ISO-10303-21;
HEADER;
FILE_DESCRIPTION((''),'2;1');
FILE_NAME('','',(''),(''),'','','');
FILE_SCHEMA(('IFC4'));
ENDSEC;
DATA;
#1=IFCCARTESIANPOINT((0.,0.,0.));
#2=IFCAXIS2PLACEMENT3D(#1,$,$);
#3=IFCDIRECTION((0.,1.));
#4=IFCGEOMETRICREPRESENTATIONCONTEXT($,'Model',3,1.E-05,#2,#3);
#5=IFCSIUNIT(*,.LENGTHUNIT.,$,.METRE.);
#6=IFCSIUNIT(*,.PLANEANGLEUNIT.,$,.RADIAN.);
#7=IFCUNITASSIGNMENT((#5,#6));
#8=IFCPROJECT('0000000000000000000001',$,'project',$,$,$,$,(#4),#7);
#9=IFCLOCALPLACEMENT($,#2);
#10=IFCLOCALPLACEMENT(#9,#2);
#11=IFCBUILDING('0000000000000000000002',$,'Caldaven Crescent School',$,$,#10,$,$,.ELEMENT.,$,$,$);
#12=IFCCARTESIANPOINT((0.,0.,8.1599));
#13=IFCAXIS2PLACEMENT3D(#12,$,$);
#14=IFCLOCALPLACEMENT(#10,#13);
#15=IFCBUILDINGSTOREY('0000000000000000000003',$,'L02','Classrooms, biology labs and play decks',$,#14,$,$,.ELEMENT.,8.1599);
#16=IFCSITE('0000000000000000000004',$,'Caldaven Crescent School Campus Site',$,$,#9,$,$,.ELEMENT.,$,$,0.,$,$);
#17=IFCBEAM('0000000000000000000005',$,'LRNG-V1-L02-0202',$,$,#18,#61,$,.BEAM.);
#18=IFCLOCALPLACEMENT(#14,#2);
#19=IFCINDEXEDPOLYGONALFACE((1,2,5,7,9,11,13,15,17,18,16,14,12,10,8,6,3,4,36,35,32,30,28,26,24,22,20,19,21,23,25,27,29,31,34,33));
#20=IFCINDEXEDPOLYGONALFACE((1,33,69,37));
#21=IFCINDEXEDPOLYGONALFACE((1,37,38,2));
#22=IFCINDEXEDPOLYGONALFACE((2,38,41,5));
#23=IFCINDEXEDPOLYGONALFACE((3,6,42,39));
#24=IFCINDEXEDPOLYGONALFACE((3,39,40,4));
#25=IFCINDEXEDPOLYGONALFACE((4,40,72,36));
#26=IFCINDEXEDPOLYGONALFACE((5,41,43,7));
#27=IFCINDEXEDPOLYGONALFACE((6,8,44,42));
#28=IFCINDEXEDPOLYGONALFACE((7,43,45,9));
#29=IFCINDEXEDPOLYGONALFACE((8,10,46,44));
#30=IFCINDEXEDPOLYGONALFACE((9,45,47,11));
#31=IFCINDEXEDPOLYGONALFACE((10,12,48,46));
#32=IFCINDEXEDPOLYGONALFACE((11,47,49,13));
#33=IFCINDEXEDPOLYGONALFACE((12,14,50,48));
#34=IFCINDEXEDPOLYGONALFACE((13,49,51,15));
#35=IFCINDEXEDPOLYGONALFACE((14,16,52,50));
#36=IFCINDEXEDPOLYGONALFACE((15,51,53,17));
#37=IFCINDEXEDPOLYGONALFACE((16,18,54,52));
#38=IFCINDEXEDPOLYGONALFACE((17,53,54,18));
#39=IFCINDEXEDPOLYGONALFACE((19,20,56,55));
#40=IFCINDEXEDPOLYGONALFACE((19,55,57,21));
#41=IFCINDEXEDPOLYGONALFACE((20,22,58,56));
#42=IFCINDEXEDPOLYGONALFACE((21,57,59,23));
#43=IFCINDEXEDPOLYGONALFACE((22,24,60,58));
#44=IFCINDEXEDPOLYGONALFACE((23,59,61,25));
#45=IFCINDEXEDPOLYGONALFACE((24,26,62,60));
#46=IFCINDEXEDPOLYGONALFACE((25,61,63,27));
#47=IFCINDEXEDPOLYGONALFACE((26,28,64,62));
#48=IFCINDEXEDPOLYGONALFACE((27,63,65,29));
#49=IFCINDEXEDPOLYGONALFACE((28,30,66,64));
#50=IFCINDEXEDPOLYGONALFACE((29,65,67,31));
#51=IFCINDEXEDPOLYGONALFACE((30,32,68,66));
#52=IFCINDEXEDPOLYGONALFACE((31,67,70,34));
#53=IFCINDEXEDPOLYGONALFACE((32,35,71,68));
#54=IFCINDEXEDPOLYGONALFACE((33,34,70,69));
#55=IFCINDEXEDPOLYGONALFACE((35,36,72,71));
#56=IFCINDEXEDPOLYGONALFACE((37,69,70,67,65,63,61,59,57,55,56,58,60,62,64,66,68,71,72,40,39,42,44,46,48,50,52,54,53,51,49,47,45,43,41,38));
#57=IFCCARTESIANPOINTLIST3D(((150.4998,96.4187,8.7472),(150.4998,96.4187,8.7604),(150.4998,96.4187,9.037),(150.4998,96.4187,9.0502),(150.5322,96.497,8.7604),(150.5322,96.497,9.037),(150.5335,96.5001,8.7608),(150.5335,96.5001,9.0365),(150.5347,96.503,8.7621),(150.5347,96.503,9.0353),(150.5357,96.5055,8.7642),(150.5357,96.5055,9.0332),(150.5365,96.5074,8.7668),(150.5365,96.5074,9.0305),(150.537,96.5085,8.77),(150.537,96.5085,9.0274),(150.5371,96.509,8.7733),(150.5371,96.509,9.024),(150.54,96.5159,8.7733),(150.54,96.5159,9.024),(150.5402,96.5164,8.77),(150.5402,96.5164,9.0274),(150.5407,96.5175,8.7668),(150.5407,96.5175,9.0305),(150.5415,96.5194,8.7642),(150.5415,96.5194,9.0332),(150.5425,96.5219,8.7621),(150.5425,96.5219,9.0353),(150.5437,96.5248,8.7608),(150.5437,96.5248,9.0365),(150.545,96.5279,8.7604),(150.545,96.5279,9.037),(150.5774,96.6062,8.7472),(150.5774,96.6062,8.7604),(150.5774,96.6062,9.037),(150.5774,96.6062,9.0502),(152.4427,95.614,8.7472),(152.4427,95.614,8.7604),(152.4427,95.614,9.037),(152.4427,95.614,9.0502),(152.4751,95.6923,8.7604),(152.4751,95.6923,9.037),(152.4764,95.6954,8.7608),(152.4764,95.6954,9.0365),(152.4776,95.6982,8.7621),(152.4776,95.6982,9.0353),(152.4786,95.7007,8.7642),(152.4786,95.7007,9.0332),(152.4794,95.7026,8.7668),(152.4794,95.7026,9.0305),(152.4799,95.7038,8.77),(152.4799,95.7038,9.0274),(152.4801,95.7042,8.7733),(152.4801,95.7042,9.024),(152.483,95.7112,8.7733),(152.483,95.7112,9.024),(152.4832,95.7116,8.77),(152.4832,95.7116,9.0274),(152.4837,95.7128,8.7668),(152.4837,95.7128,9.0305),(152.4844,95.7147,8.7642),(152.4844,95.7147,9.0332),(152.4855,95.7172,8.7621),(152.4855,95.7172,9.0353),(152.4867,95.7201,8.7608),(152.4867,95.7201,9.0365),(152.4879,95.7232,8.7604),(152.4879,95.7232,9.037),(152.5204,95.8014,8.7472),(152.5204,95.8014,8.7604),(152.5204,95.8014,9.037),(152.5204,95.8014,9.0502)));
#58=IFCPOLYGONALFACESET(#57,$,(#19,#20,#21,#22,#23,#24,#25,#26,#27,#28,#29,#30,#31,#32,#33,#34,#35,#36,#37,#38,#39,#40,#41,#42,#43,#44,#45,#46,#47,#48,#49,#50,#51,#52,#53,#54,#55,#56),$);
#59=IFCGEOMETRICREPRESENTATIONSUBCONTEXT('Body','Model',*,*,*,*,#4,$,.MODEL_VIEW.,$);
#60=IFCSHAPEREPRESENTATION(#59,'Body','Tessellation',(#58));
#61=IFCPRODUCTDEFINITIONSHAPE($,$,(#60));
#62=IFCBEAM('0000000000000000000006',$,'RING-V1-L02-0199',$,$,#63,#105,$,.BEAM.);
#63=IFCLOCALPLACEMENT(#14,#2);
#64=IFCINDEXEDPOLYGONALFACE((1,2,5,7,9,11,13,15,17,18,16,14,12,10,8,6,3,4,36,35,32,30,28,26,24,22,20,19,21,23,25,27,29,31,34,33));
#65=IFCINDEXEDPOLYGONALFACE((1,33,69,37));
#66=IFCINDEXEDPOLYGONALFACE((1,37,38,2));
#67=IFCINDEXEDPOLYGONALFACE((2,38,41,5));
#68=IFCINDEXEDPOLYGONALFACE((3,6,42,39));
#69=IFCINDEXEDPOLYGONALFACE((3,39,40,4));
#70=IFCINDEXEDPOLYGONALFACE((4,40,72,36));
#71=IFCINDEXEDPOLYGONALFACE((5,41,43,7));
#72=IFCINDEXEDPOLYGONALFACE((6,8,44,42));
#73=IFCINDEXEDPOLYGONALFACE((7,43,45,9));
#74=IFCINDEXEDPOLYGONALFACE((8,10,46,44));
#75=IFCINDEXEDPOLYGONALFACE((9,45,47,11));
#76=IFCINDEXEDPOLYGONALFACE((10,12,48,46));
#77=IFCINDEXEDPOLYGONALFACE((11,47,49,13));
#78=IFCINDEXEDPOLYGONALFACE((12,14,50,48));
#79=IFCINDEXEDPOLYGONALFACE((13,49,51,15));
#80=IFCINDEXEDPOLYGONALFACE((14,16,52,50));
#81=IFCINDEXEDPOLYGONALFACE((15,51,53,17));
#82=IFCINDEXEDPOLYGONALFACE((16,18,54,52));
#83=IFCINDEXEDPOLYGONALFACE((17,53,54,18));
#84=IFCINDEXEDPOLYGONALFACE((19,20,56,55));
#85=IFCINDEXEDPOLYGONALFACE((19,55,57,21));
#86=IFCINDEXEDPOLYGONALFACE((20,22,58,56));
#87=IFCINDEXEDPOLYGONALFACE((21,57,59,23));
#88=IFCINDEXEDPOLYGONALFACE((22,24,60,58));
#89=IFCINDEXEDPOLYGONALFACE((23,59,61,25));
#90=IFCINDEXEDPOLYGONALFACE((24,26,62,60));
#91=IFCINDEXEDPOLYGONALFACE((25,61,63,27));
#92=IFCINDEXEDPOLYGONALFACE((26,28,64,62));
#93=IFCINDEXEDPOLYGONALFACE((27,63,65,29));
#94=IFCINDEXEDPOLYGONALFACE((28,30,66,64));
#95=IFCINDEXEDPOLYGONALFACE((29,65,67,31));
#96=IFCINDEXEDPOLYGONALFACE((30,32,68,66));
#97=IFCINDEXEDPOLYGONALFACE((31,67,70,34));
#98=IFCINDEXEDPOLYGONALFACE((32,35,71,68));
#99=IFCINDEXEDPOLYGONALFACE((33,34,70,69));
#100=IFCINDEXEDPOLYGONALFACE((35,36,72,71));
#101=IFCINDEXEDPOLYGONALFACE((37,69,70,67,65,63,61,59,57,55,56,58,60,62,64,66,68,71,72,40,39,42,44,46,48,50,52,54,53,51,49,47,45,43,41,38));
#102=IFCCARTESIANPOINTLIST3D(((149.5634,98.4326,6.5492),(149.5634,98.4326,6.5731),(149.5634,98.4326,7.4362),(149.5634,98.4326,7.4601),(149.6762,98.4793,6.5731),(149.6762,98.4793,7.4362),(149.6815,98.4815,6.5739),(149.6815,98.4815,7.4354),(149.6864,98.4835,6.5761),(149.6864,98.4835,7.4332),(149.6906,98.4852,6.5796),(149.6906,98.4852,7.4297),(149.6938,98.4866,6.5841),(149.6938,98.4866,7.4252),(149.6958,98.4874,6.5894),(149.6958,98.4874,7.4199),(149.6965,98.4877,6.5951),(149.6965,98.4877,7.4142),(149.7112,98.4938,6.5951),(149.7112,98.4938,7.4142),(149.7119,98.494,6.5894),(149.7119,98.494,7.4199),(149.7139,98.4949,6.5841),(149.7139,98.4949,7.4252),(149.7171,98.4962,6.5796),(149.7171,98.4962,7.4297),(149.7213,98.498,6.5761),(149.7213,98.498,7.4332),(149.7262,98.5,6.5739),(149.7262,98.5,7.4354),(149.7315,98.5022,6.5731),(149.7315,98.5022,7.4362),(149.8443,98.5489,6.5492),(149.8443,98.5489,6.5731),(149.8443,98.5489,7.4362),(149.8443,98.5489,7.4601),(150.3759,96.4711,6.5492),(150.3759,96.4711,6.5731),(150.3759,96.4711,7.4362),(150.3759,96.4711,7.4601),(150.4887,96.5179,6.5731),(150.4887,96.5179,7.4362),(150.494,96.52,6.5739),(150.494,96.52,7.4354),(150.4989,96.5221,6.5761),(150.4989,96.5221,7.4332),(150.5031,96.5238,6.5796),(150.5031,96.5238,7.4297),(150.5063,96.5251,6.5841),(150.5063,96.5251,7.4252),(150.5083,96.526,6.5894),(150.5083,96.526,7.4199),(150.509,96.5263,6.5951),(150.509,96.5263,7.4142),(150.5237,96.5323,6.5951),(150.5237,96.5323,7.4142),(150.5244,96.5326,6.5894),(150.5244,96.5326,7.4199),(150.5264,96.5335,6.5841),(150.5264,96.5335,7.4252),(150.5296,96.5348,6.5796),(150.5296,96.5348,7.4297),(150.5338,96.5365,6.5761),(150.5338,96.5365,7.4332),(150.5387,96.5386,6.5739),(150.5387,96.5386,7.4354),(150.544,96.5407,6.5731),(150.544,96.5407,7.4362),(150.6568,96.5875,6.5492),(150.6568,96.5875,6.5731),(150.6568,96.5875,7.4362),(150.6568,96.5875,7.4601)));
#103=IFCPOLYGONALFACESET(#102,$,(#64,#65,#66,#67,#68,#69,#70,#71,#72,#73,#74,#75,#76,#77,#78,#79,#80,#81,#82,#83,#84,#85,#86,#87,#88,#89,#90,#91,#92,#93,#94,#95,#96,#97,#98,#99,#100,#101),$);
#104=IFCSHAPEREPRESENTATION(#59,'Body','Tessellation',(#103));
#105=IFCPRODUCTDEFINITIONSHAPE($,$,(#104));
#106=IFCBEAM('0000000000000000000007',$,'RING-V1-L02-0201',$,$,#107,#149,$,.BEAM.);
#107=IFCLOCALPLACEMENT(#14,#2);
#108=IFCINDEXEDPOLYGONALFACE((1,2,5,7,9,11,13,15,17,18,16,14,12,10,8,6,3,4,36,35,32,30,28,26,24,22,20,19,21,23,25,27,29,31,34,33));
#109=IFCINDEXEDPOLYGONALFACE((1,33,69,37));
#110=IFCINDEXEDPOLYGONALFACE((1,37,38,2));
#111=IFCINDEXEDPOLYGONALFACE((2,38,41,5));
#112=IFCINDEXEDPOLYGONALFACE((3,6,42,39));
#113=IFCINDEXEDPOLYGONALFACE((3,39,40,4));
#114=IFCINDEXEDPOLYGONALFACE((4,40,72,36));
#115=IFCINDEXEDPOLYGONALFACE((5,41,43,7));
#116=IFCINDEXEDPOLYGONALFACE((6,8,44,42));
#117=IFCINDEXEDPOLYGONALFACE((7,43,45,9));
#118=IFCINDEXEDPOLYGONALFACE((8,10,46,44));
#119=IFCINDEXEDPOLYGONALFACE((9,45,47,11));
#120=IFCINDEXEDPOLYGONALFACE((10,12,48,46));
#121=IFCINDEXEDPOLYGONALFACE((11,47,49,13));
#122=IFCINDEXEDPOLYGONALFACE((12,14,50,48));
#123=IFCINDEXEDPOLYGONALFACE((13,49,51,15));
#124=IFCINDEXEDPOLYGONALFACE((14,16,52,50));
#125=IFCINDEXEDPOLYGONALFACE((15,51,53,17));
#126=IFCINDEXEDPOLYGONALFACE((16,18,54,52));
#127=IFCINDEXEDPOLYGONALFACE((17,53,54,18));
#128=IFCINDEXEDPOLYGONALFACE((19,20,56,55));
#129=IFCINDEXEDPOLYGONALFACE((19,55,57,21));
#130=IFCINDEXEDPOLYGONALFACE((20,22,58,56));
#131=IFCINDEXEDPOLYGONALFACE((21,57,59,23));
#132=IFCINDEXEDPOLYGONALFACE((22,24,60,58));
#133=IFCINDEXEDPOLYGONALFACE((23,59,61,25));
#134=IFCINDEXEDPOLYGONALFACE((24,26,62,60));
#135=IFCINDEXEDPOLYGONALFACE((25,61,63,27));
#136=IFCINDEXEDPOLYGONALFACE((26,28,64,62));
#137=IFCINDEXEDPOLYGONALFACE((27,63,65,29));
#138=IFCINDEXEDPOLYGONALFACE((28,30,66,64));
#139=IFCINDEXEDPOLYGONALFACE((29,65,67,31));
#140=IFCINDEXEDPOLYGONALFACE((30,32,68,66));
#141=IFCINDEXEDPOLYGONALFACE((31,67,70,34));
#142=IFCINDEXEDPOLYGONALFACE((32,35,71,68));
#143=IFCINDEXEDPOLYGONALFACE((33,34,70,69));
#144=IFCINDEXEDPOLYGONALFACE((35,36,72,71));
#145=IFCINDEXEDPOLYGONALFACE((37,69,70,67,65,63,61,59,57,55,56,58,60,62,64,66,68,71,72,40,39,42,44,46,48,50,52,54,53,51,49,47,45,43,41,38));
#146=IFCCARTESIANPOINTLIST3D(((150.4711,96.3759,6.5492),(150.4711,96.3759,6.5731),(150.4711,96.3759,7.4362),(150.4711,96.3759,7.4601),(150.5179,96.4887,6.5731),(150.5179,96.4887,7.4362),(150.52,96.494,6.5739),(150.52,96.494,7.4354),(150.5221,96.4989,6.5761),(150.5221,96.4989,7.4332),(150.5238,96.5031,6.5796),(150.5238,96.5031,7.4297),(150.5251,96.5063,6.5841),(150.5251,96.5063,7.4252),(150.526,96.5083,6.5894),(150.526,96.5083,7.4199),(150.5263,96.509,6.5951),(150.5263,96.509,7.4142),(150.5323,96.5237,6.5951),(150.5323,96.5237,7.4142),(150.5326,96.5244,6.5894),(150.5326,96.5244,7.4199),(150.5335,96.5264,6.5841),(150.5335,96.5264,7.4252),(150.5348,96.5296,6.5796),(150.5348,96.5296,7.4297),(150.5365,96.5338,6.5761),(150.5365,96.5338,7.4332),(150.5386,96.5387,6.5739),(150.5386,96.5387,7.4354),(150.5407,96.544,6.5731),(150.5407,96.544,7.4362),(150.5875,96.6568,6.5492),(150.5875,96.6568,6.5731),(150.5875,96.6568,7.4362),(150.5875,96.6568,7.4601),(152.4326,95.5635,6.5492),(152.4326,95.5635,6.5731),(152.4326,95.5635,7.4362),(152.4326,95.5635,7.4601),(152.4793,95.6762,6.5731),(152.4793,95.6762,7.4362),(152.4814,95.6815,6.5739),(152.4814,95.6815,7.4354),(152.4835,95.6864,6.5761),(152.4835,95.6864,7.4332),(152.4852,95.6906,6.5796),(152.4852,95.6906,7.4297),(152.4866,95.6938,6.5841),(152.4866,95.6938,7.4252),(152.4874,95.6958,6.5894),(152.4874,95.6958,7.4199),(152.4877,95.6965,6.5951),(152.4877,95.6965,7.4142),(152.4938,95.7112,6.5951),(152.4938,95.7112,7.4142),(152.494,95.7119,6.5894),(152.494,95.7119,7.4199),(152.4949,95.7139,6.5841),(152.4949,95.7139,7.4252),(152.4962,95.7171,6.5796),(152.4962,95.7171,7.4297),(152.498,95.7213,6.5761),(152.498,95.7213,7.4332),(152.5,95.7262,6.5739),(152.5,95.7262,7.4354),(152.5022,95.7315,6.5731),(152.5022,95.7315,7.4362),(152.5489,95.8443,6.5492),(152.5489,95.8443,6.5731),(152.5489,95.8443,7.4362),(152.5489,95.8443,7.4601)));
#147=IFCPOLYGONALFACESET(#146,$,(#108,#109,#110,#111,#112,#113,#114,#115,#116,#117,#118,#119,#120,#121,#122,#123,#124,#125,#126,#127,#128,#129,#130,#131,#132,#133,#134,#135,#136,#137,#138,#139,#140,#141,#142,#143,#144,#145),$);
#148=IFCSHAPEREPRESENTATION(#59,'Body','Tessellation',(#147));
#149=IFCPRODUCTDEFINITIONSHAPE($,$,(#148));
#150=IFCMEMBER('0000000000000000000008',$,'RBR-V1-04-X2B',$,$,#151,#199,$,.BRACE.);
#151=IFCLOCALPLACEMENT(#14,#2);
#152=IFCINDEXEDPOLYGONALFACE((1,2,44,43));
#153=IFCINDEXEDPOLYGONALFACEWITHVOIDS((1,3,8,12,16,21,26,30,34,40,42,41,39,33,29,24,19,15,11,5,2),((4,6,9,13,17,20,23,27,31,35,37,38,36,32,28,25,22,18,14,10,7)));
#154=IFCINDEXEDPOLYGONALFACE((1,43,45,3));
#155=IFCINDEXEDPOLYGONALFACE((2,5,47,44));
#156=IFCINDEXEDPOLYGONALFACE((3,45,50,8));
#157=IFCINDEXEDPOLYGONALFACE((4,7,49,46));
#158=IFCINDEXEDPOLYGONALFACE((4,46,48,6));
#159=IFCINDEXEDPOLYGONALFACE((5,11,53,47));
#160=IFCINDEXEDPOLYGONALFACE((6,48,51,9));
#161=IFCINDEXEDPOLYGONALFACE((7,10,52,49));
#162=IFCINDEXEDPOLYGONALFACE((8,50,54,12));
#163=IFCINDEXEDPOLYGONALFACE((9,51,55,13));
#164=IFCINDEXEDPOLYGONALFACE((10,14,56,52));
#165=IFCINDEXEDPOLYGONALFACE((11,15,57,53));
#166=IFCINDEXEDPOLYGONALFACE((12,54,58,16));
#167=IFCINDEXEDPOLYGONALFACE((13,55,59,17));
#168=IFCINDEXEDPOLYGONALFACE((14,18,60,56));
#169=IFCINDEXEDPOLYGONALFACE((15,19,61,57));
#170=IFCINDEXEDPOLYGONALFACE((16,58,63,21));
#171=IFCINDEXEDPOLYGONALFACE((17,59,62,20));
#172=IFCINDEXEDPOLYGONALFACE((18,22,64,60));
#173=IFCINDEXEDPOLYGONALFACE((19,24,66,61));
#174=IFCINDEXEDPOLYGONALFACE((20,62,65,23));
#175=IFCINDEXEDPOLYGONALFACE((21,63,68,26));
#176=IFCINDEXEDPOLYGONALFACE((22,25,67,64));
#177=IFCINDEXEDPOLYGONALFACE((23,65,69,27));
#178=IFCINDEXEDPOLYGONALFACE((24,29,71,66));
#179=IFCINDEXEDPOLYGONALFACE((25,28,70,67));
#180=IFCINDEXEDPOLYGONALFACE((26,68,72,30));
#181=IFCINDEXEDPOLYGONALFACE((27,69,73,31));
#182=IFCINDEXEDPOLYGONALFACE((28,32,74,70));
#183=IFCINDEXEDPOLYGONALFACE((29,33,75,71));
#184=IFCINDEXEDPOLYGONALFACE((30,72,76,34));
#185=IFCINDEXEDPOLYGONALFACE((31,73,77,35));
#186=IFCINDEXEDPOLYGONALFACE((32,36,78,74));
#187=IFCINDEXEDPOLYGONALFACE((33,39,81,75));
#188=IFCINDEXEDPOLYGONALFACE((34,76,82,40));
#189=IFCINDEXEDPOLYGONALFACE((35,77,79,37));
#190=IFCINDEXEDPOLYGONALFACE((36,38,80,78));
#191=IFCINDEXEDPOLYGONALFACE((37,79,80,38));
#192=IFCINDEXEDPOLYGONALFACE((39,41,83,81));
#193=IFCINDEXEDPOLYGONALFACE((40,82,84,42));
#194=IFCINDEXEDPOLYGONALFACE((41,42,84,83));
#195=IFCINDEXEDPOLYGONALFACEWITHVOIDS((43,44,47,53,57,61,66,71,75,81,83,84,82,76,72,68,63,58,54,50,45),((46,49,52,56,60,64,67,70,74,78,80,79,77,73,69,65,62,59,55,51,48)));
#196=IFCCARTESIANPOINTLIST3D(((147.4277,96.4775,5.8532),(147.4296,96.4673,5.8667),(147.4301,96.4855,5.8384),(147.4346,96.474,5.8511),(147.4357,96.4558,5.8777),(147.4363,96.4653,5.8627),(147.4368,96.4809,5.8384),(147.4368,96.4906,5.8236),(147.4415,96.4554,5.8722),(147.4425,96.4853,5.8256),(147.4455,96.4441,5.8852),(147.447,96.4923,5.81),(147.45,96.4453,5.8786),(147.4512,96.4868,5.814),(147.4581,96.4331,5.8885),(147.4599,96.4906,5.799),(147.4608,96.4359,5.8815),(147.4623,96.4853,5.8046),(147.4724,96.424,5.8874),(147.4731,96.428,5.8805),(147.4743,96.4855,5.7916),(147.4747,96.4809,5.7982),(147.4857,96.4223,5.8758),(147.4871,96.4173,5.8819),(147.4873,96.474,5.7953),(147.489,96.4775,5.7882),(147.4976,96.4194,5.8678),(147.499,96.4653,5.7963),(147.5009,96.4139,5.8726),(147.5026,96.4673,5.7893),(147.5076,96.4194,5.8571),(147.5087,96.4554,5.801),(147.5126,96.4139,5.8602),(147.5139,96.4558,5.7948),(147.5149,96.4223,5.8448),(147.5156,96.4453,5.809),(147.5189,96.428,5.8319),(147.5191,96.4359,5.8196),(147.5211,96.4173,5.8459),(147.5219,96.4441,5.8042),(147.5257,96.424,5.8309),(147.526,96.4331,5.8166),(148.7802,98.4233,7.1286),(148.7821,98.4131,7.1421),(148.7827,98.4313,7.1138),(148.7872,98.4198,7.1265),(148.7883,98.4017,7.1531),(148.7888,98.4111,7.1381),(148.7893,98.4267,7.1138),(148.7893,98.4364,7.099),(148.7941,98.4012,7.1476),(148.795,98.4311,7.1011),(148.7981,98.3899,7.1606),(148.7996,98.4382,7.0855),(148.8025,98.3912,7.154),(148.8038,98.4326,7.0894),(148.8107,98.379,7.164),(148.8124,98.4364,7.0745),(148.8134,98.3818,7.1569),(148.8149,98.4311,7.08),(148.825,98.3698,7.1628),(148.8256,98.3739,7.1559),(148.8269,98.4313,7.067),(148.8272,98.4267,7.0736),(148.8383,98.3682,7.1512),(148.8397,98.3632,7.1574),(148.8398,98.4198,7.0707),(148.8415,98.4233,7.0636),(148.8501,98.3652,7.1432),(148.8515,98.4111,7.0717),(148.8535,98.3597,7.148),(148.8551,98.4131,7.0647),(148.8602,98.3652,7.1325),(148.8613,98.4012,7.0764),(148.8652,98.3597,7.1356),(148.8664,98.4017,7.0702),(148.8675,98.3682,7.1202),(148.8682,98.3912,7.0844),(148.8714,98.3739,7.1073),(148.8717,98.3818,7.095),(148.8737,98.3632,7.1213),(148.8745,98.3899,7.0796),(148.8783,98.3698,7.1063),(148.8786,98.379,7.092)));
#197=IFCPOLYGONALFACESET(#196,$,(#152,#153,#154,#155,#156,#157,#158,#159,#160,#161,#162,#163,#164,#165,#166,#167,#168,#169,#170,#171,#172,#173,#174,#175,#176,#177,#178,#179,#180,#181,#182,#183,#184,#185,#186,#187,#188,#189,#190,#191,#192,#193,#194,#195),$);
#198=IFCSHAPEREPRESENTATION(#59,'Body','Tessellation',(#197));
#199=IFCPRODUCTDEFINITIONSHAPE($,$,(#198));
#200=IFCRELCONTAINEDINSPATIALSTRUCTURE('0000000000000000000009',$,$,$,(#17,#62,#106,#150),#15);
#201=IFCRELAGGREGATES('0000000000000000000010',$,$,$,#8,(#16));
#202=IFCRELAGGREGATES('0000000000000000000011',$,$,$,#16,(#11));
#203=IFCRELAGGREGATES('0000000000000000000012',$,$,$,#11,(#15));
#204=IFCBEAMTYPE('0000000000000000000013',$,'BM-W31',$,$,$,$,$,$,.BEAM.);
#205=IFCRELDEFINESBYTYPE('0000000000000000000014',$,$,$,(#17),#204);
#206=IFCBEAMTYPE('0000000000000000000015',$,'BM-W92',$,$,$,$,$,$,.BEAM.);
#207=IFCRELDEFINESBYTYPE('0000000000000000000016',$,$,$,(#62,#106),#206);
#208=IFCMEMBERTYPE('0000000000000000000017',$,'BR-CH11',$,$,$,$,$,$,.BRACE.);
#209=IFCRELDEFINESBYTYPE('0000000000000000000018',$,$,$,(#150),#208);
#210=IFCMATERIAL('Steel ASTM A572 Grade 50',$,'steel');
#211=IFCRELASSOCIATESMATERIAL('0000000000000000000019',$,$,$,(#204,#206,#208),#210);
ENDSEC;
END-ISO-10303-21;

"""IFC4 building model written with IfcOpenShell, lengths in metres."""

from ifc_helpers import new_model, si_unit, direction, frame, origin, origin_2d, place, context, subcontext, project, spatial, hollow_circle, i_section, extrude, material, material_profile, profile_set, type_object, element, save


model = new_model("IFC4")

# Units and contexts
model_context = context("Model", 3, precision=1e-05, world=origin(), true_north=direction((0.0, 1.0)))
body_context = subcontext(model_context, "Body", "Model", "MODEL_VIEW")
ifc_project = project(units=[si_unit("LENGTHUNIT", "METRE"), si_unit("PLANEANGLEUNIT", "RADIAN")], contexts=[model_context])

# Site, building, storey
site_placement = place(None, origin())
site = spatial("IfcSite", under=ifc_project, at=site_placement, Name="Caldaven Crescent School Campus Site", CompositionType="ELEMENT", RefElevation=0.0)
building_placement = place(site_placement, origin())
building = spatial("IfcBuilding", under=site, at=building_placement, Name="Caldaven Crescent School", CompositionType="ELEMENT")
storey_placement = place(building_placement, frame((0.0, 0.0, 8.1599)))
storey = spatial("IfcBuildingStorey", under=building, at=storey_placement, Name="L02", Description="Classrooms, biology labs and play decks", CompositionType="ELEMENT", Elevation=8.1599)

# Shared definitions
ifc_material_1 = material(Name="Steel ASTM A572 Grade 50", Category="steel")

# Beams
ifc_material_profile_1 = material_profile(ifc_material_1, i_section(OverallWidth=0.2029, OverallDepth=0.303, WebThickness=0.0076, FlangeThickness=0.0132, FilletRadius=0.0129, at=origin_2d()), Name="W310x60")
ifc_profile_set_1 = profile_set([ifc_material_profile_1], Name="Steel ASTM A572 Grade 50")
beam_type_1 = type_object("IfcBeamType", Name="BM-W31", PredefinedType="BEAM", material=ifc_profile_set_1)
for number, where, z_axis, x_axis, name in (
    (1, (150.5386, 96.5125, 8.8987), (0.923892, -0.382653, 0.0), (0.382653, 0.923892, 0.0), "LRNG-V1-L02-0202"),
):
    element("IfcBeam", number, at=place(storey_placement, frame(where, z_axis=z_axis, x_axis=x_axis)), inside=storey, type_object=beam_type_1, Name=name, PredefinedType="BEAM", context=body_context, shape_type="SweptSolid", body=[
        extrude(i_section(OverallWidth=0.2029, OverallDepth=0.303, WebThickness=0.0076, FlangeThickness=0.0132, FilletRadius=0.0129, at=origin_2d()), origin(), (0.0, 0.0, 1.0), 2.103),
    ])
ifc_material_profile_2 = material_profile(ifc_material_1, i_section(OverallWidth=0.304, OverallDepth=0.9109, WebThickness=0.0159, FlangeThickness=0.0239, FilletRadius=0.022, at=origin_2d()), Name="W920x223")
ifc_profile_set_2 = profile_set([ifc_material_profile_2], Name="Steel ASTM A572 Grade 50")
beam_type_2 = type_object("IfcBeamType", Name="BM-W92", PredefinedType="BEAM", material=ifc_profile_set_2)
for number, where, z_axis, x_axis, name in (
    (2, (149.7039, 98.4907, 7.0046), (0.382704, -0.923871, 0.0), (0.923871, 0.382704, 0.0), "RING-V1-L02-0199"),
    (3, (150.5293, 96.5164, 7.0046), (0.923871, -0.382704, 0.0), (0.382704, 0.923871, 0.0), "RING-V1-L02-0201"),
):
    element("IfcBeam", number, at=place(storey_placement, frame(where, z_axis=z_axis, x_axis=x_axis)), inside=storey, type_object=beam_type_2, Name=name, PredefinedType="BEAM", context=body_context, shape_type="SweptSolid", body=[
        extrude(i_section(OverallWidth=0.304, OverallDepth=0.9109, WebThickness=0.0159, FlangeThickness=0.0239, FilletRadius=0.022, at=origin_2d()), origin(), (0.0, 0.0, 1.0), 2.123),
    ])

# Member
ifc_material_profile_3 = material_profile(ifc_material_1, hollow_circle(Radius=0.0571, WallThickness=0.0081, at=origin_2d()), Name="CHS 114.3x8.0")
ifc_profile_set_3 = profile_set([ifc_material_profile_3], Name="Steel ASTM A572 Grade 50")
member_type_1 = type_object("IfcMemberType", Name="BR-CH11", PredefinedType="BRACE", material=ifc_profile_set_3)
member_1_placement = place(storey_placement, frame((147.4771, 96.4529, 5.8384), z_axis=(0.502593, 0.723045, 0.473926), x_axis=(-0.821115, 0.570763, 0.0)))
element("IfcMember", 4, at=member_1_placement, inside=storey, type_object=member_type_1, Name="RBR-V1-04-X2B", PredefinedType="BRACE", context=body_context, shape_type="SweptSolid", body=[
    extrude(hollow_circle(Radius=0.0571, WallThickness=0.0081, at=origin_2d()), origin(), (0.0, 0.0, 1.0), 2.6912),
])

save(model, "model.ifc")
